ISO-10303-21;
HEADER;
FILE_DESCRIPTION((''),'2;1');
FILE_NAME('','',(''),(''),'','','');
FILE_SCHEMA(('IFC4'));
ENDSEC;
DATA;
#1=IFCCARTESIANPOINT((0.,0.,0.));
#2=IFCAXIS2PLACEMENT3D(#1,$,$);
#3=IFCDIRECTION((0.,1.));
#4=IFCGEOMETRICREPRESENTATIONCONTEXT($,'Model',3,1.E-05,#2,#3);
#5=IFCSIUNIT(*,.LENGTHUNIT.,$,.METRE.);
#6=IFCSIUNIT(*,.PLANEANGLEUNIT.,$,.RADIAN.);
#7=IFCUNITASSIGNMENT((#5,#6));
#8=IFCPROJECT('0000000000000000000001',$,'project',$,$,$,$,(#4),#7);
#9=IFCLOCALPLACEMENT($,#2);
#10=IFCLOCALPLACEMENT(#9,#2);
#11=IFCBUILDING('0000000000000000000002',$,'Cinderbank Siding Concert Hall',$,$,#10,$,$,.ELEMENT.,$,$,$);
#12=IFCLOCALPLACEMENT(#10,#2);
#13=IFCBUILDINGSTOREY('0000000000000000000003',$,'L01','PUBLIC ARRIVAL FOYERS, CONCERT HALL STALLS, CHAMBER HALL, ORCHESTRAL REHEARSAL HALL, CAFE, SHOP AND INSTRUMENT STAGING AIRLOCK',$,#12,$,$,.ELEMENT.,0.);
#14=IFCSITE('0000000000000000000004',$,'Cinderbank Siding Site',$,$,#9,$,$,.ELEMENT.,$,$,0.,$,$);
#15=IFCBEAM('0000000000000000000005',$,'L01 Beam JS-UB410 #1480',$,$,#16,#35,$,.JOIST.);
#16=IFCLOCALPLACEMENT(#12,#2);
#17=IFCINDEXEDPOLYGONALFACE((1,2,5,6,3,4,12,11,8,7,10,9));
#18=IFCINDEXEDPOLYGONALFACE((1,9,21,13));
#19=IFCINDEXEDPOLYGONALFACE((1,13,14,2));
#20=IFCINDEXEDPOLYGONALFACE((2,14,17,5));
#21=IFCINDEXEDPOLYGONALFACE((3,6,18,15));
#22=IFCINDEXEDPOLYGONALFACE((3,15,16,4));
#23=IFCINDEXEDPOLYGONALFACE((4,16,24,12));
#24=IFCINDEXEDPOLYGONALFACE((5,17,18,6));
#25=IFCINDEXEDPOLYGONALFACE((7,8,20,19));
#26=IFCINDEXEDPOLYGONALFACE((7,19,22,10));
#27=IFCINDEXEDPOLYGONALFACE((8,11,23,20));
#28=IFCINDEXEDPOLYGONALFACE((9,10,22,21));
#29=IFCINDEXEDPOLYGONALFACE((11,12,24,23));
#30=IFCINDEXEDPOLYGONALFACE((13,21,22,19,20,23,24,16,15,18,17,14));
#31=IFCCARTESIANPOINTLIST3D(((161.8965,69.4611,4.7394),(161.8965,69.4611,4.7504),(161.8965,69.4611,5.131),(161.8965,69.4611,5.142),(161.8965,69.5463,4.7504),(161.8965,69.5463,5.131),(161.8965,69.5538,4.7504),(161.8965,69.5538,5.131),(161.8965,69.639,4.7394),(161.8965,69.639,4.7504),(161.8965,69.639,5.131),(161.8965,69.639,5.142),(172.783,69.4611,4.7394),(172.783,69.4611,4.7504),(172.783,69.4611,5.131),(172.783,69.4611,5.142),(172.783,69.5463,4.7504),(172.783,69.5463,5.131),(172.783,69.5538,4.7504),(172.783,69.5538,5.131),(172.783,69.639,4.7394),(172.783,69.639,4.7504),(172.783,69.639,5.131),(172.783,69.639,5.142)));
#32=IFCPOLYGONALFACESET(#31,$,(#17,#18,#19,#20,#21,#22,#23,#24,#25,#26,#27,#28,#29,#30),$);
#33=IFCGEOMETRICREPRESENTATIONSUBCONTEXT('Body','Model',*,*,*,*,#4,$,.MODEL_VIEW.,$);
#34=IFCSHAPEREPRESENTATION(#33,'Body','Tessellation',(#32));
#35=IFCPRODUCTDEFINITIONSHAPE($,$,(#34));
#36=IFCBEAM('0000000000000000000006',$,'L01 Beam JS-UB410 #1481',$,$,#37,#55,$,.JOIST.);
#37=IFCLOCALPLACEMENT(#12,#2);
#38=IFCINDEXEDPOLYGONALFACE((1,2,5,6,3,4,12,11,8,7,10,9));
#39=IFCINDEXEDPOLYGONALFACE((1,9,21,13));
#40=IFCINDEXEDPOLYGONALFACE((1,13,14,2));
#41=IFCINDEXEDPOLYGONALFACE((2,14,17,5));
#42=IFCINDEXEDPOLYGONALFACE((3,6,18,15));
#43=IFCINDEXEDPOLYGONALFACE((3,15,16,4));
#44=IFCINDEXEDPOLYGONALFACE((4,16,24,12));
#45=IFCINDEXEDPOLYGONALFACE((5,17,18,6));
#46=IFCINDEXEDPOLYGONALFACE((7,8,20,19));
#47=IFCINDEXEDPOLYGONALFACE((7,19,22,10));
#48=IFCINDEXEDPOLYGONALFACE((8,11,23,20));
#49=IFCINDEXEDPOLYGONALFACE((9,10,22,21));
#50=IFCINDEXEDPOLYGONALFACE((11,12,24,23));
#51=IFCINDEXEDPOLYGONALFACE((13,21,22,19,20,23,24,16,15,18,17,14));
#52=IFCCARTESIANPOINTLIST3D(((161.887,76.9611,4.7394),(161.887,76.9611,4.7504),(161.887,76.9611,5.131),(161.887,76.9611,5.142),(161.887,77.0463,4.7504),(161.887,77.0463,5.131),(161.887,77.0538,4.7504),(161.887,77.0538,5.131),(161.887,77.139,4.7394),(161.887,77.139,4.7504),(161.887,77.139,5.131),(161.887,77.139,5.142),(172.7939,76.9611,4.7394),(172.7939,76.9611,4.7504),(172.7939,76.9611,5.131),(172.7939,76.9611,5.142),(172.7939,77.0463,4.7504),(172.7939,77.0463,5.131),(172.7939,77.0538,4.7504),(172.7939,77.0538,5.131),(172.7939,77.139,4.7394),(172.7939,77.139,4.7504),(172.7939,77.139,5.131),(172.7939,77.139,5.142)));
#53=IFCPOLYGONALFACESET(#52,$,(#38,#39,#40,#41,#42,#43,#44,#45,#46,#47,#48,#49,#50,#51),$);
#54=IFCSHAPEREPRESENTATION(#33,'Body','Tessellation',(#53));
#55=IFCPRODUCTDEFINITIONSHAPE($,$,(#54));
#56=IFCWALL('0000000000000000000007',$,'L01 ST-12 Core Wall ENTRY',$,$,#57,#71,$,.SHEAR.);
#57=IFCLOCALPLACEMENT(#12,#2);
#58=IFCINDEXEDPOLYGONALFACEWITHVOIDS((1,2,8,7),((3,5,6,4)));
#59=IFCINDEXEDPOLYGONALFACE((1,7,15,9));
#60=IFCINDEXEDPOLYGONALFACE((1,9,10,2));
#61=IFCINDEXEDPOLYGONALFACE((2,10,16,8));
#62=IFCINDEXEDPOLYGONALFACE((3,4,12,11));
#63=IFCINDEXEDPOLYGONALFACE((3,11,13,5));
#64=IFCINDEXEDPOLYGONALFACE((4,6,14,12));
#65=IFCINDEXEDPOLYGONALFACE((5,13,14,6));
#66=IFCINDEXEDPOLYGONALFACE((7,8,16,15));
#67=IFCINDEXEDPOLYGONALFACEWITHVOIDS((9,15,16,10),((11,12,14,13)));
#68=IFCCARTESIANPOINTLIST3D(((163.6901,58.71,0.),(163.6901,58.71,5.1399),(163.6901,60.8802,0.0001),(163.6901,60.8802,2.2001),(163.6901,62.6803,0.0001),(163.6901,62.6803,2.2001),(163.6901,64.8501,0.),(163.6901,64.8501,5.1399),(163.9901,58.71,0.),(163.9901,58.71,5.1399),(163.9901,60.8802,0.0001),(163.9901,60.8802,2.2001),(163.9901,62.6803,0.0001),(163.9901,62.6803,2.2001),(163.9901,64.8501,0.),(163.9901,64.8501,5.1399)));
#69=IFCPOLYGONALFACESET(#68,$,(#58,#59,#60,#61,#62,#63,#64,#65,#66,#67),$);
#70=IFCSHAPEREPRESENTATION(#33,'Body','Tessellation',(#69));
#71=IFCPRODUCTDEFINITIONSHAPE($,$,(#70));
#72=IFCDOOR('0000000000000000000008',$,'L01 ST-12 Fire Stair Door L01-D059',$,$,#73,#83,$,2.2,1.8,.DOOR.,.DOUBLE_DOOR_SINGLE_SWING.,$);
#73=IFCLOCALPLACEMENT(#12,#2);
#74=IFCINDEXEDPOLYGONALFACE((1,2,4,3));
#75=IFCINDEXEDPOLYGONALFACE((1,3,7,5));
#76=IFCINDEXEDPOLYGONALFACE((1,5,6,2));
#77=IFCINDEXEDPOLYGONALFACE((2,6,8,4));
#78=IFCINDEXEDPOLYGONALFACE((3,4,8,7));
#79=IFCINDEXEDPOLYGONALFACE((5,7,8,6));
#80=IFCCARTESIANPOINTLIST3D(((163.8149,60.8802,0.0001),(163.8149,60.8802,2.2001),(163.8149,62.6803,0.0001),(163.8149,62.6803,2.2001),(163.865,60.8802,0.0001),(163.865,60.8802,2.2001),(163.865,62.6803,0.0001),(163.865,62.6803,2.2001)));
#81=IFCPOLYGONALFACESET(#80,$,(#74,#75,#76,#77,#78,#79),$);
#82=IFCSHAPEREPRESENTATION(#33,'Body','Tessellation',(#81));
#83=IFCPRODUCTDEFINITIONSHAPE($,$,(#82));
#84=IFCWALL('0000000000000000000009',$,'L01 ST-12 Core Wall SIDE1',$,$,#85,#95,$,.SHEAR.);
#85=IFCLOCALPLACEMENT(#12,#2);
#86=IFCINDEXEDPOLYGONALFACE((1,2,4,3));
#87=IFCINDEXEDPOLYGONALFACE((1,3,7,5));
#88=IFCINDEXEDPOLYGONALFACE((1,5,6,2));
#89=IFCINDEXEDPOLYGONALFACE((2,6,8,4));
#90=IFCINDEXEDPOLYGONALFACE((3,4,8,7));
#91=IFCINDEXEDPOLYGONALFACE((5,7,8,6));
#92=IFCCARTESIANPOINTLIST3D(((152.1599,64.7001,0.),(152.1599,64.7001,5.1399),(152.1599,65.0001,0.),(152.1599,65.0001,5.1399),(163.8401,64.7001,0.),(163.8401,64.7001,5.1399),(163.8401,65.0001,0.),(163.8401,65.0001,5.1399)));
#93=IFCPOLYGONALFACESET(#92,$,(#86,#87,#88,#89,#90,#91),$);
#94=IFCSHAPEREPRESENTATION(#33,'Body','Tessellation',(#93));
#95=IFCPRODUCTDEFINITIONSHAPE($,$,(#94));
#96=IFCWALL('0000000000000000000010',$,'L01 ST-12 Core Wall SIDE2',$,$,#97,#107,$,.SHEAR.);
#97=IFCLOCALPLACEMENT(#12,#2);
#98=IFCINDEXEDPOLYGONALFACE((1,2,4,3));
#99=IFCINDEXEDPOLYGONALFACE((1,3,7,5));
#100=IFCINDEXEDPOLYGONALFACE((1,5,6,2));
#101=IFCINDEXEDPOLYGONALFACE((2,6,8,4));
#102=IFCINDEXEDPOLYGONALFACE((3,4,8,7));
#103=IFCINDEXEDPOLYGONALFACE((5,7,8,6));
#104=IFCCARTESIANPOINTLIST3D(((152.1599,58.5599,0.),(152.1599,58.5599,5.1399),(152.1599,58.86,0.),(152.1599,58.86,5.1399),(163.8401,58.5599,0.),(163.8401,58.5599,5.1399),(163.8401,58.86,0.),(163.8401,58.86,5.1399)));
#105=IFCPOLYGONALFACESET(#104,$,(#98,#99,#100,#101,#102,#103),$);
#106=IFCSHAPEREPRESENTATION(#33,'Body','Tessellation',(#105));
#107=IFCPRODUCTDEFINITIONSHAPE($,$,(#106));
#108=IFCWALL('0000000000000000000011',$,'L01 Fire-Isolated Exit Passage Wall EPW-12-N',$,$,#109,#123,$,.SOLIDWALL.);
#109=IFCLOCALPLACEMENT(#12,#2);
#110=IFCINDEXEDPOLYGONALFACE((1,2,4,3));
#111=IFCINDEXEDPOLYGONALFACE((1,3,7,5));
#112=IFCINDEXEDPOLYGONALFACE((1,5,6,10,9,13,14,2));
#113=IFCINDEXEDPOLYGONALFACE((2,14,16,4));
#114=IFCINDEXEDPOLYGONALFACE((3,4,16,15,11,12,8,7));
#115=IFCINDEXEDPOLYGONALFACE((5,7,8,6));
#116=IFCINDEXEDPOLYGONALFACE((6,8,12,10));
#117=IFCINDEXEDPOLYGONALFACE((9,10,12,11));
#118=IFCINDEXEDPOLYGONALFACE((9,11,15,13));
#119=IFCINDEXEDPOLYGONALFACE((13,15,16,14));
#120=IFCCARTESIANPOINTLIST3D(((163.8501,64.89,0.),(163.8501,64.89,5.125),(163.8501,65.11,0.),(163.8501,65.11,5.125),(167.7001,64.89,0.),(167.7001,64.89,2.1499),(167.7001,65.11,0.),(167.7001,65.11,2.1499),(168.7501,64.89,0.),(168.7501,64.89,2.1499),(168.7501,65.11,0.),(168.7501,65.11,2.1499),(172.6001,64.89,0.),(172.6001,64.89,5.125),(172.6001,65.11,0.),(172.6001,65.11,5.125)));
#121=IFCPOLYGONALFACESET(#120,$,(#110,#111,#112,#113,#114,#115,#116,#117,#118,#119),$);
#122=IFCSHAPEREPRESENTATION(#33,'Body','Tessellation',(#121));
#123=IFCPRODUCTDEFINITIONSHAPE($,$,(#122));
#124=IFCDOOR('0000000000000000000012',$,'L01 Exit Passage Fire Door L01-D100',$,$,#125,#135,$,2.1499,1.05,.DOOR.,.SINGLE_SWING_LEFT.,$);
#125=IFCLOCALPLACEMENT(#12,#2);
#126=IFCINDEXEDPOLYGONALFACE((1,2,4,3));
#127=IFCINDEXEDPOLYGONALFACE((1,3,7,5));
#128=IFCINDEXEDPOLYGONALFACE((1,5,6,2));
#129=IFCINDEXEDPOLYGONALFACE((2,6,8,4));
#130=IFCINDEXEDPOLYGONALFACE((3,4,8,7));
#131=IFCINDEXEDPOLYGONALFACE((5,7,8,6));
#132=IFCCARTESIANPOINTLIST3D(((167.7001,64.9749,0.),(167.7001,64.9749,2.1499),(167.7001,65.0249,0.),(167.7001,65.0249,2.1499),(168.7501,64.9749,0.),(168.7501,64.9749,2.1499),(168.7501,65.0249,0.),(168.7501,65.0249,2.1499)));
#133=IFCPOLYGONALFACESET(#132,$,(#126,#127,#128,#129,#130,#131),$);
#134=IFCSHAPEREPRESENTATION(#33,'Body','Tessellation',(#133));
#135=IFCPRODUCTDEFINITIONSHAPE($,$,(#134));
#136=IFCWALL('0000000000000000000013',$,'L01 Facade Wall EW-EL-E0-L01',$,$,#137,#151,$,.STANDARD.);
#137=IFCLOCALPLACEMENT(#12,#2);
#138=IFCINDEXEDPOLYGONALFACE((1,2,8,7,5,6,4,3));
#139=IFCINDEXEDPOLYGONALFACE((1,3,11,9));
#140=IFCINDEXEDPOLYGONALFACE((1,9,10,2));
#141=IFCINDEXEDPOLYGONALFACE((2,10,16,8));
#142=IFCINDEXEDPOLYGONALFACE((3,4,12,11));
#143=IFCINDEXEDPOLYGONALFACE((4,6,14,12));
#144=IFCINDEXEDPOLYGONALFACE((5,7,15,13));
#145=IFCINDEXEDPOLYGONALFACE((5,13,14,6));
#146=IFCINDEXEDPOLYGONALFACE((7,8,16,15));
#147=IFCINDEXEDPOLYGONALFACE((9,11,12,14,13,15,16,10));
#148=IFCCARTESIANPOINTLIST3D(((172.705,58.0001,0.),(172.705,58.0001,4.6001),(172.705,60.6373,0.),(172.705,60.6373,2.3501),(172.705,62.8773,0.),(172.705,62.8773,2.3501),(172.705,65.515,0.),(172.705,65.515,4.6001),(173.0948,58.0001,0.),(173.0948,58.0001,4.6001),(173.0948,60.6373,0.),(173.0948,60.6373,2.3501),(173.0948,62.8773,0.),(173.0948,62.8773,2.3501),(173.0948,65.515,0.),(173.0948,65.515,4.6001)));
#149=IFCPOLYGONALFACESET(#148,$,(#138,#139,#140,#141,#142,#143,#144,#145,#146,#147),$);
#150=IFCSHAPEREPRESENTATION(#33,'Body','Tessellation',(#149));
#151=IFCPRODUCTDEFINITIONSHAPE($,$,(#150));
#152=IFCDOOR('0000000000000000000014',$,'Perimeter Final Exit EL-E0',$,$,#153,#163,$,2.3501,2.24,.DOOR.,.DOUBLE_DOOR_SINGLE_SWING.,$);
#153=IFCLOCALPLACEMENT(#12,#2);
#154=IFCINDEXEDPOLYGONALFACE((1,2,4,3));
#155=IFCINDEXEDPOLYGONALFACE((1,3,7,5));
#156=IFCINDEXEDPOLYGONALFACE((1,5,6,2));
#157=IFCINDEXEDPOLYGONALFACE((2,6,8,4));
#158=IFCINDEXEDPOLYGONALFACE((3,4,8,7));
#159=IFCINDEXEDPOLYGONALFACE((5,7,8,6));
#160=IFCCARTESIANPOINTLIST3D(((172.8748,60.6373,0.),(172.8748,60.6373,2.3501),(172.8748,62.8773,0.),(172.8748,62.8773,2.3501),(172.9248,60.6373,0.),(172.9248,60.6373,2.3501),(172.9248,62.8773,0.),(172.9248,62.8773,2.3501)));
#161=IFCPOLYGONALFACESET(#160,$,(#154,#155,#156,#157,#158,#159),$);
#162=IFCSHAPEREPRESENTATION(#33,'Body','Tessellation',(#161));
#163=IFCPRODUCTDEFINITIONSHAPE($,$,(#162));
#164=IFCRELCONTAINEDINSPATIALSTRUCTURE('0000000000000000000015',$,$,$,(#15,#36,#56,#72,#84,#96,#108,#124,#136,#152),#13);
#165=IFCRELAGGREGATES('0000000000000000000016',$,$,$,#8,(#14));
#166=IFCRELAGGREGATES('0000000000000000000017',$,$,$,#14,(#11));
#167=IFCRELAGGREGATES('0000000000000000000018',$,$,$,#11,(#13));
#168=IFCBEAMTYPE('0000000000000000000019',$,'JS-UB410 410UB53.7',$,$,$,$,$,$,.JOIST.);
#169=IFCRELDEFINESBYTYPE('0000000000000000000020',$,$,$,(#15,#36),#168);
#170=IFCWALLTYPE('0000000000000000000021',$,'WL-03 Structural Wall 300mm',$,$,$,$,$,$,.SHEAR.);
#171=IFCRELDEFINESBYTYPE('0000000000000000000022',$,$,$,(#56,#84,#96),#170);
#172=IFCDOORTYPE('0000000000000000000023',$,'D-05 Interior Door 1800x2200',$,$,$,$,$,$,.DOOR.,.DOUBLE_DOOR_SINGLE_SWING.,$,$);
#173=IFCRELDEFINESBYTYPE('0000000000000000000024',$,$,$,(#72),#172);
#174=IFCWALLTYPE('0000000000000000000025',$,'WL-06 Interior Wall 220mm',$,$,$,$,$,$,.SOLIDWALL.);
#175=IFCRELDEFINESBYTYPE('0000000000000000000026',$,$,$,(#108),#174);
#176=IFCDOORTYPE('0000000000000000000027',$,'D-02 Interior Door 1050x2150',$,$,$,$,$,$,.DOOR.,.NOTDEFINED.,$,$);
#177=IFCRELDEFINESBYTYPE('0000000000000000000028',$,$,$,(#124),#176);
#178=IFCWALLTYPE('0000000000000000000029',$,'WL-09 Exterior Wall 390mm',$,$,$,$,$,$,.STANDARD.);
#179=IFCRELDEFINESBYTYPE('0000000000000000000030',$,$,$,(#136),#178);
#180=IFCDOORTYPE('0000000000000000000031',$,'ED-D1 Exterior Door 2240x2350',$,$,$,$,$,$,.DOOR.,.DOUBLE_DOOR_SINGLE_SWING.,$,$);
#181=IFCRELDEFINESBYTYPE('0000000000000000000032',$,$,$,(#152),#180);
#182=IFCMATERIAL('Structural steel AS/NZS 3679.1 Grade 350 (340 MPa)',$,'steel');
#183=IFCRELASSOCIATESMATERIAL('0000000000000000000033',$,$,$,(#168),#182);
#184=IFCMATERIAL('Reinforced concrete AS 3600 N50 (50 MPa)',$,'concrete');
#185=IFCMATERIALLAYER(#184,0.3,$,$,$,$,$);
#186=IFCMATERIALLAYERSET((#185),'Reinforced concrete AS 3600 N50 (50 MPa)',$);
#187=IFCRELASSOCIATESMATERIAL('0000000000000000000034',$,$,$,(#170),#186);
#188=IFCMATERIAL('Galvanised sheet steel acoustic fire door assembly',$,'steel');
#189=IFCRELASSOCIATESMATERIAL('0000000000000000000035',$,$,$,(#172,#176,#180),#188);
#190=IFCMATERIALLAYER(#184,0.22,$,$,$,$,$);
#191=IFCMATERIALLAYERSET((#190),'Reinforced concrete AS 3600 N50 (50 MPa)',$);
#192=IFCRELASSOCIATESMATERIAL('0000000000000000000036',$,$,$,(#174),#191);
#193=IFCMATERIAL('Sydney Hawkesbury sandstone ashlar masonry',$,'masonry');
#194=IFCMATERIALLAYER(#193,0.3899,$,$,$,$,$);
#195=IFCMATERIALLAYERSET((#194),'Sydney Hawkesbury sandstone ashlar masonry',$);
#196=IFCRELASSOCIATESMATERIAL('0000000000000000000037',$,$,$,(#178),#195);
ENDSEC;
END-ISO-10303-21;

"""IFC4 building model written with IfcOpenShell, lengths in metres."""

from ifc_helpers import new_model, si_unit, direction, frame, frame_2d, origin, origin_2d, place, context, subcontext, project, spatial, rectangle, i_section, extrude, material, layer, layer_set, material_profile, profile_set, type_object, element, fill, save


model = new_model("IFC4")

# Units and contexts
model_context = context("Model", 3, precision=1e-05, world=origin(), true_north=direction((0.0, 1.0)))
body_context = subcontext(model_context, "Body", "Model", "MODEL_VIEW")
ifc_project = project(units=[si_unit("LENGTHUNIT", "METRE"), si_unit("PLANEANGLEUNIT", "RADIAN")], contexts=[model_context])

# Site, building, storey
site_placement = place(None, origin())
site = spatial("IfcSite", under=ifc_project, at=site_placement, Name="Cinderbank Siding Site", CompositionType="ELEMENT", RefElevation=0.0)
building_placement = place(site_placement, origin())
building = spatial("IfcBuilding", under=site, at=building_placement, Name="Cinderbank Siding Concert Hall", CompositionType="ELEMENT")
storey_placement = place(building_placement, origin())
storey = spatial("IfcBuildingStorey", under=building, at=storey_placement, Name="L01", Description="PUBLIC ARRIVAL FOYERS, CONCERT HALL STALLS, CHAMBER HALL, ORCHESTRAL REHEARSAL HALL, CAFE, SHOP AND INSTRUMENT STAGING AIRLOCK", CompositionType="ELEMENT", Elevation=0.0)

# Shared definitions
ifc_material_1 = material(Name="Reinforced concrete AS 3600 N50 (50 MPa)", Category="concrete")

# Beams
ifc_material_2 = material(Name="Structural steel AS/NZS 3679.1 Grade 350 (340 MPa)", Category="steel")
ifc_material_profile_1 = material_profile(ifc_material_2, i_section(OverallWidth=0.178, OverallDepth=0.4026, WebThickness=0.0076, FlangeThickness=0.011, at=origin_2d()), Name="410UB53.7", Category="LoadBearing")
ifc_profile_set_1 = profile_set([ifc_material_profile_1], Name="Structural steel AS/NZS 3679.1 Grade 350 (340 MPa)")
beam_type_1 = type_object("IfcBeamType", Name="JS-UB410 410UB53.7", PredefinedType="JOIST", material=ifc_profile_set_1)
beam_1_placement = place(storey_placement, frame((161.8965, 69.55, 4.9407), z_axis=(1.0, 0.0, 0.0), x_axis=(0.0, 1.0, 0.0)))
element("IfcBeam", 1, at=beam_1_placement, inside=storey, type_object=beam_type_1, Name="L01 Beam JS-UB410 #1480", PredefinedType="JOIST", context=body_context, shape_type="SweptSolid", body=[
    extrude(i_section(OverallWidth=0.178, OverallDepth=0.4026, WebThickness=0.0076, FlangeThickness=0.011, at=origin_2d()), origin(), (0.0, 0.0, 1.0), 10.8865),
])
beam_2_placement = place(storey_placement, frame((161.887, 77.05, 4.9407), z_axis=(1.0, 0.0, 0.0), x_axis=(0.0, 1.0, 0.0)))
element("IfcBeam", 2, at=beam_2_placement, inside=storey, type_object=beam_type_1, Name="L01 Beam JS-UB410 #1481", PredefinedType="JOIST", context=body_context, shape_type="SweptSolid", body=[
    extrude(i_section(OverallWidth=0.178, OverallDepth=0.4026, WebThickness=0.0076, FlangeThickness=0.011, at=origin_2d()), origin(), (0.0, 0.0, 1.0), 10.907),
])

# Wall, opening, door
ifc_layer_1 = layer(ifc_material_1, 0.3)
ifc_layer_set_1 = layer_set([ifc_layer_1], Name="Reinforced concrete AS 3600 N50 (50 MPa)")
wall_type_1 = type_object("IfcWallType", Name="WL-03 Structural Wall 300mm", PredefinedType="SHEAR", material=ifc_layer_set_1)
wall_1_placement = place(storey_placement, frame((163.8401, 64.8501, 0.0), z_axis=(0.0, 0.0, 1.0), x_axis=(0.0, -1.0, 0.0)))
wall_1 = element("IfcWall", 3, at=wall_1_placement, inside=storey, type_object=wall_type_1, Name="L01 ST-12 Core Wall ENTRY", PredefinedType="SHEAR", context=body_context, shape_type="SweptSolid", body=[
    extrude(rectangle(XDim=6.1401, YDim=0.3, at=frame_2d((3.0701, 0.0))), origin(), (0.0, 0.0, 1.0), 5.1399),
])
opening_1_placement = place(wall_1_placement, frame((2.1699, 0.0, 0.0)))
opening_1 = element("IfcOpeningElement", 4, at=opening_1_placement, cuts=wall_1, PredefinedType="OPENING", context=body_context, shape_type="SweptSolid", body=[
    extrude(rectangle(XDim=1.8, YDim=2.2, at=frame_2d((0.8999, 1.1001))), frame((0.0, 0.1621, 0.0), z_axis=(0.0, -1.0, 0.0), x_axis=(1.0, 0.0, 0.0)), (0.0, 0.0, 1.0), 0.324),
])
ifc_material_3 = material(Name="Galvanised sheet steel acoustic fire door assembly", Category="steel")
door_type_1 = type_object("IfcDoorType", Name="D-05 Interior Door 1800x2200", OperationType="DOUBLE_DOOR_SINGLE_SWING", PredefinedType="DOOR", material=ifc_material_3)
door_1_placement = place(opening_1_placement, origin())
door_1 = element("IfcDoor", 5, at=door_1_placement, inside=storey, type_object=door_type_1, Name="L01 ST-12 Fire Stair Door L01-D059", OperationType="DOUBLE_DOOR_SINGLE_SWING", OverallHeight=2.2, OverallWidth=1.8, PredefinedType="DOOR", context=body_context, shape_type="SweptSolid", body=[
    extrude(rectangle(XDim=1.8, YDim=2.2, at=frame_2d((0.8999, 1.1001))), frame((0.0, 0.0249, 0.0), z_axis=(0.0, -1.0, 0.0), x_axis=(1.0, 0.0, 0.0)), (0.0, 0.0, 1.0), 0.05),
])
fill(opening_1, door_1)

# Walls
for number, where, z_axis, x_axis, name in (
    (6, (152.1599, 64.8501, 0.0), (0.0, 0.0, 1.0), (1.0, 0.0, 0.0), "L01 ST-12 Core Wall SIDE1"),
    (7, (163.8401, 58.71, 0.0), (0.0, 0.0, 1.0), (-1.0, 0.0, 0.0), "L01 ST-12 Core Wall SIDE2"),
):
    element("IfcWall", number, at=place(storey_placement, frame(where, z_axis=z_axis, x_axis=x_axis)), inside=storey, type_object=wall_type_1, Name=name, PredefinedType="SHEAR", context=body_context, shape_type="SweptSolid", body=[
        extrude(rectangle(XDim=11.6802, YDim=0.3, at=frame_2d((5.8401, 0.0))), origin(), (0.0, 0.0, 1.0), 5.1399),
    ])

# Walls, openings, doors
ifc_layer_2 = layer(ifc_material_1, 0.22)
ifc_layer_set_2 = layer_set([ifc_layer_2], Name="Reinforced concrete AS 3600 N50 (50 MPa)")
wall_type_2 = type_object("IfcWallType", Name="WL-06 Interior Wall 220mm", PredefinedType="SOLIDWALL", material=ifc_layer_set_2)
wall_2_placement = place(storey_placement, frame((163.8501, 65.0, 0.0), z_axis=(0.0, 0.0, 1.0), x_axis=(1.0, 0.0, 0.0)))
wall_2 = element("IfcWall", 8, at=wall_2_placement, inside=storey, type_object=wall_type_2, Name="L01 Fire-Isolated Exit Passage Wall EPW-12-N", PredefinedType="SOLIDWALL", context=body_context, shape_type="SweptSolid", body=[
    extrude(rectangle(XDim=8.75, YDim=0.22, at=frame_2d((4.375, 0.0))), origin(), (0.0, 0.0, 1.0), 5.125),
])
opening_2_placement = place(wall_2_placement, frame((3.8501, 0.0, 0.0)))
opening_2 = element("IfcOpeningElement", 9, at=opening_2_placement, cuts=wall_2, PredefinedType="OPENING", context=body_context, shape_type="SweptSolid", body=[
    extrude(rectangle(XDim=1.05, YDim=2.1499, at=frame_2d((0.5249, 1.075))), frame((0.0, 0.1221, 0.0), z_axis=(0.0, -1.0, 0.0), x_axis=(1.0, 0.0, 0.0)), (0.0, 0.0, 1.0), 0.2439),
])
door_type_2 = type_object("IfcDoorType", Name="D-02 Interior Door 1050x2150", OperationType="NOTDEFINED", PredefinedType="DOOR", material=ifc_material_3)
door_2_placement = place(opening_2_placement, origin())
door_2 = element("IfcDoor", 10, at=door_2_placement, inside=storey, type_object=door_type_2, Name="L01 Exit Passage Fire Door L01-D100", OperationType="SINGLE_SWING_LEFT", OverallHeight=2.1499, OverallWidth=1.05, PredefinedType="DOOR", context=body_context, shape_type="SweptSolid", body=[
    extrude(rectangle(XDim=1.05, YDim=2.1499, at=frame_2d((0.5249, 1.075))), frame((0.0, 0.0249, 0.0), z_axis=(0.0, -1.0, 0.0), x_axis=(1.0, 0.0, 0.0)), (0.0, 0.0, 1.0), 0.05),
])
fill(opening_2, door_2)
ifc_material_4 = material(Name="Sydney Hawkesbury sandstone ashlar masonry", Category="masonry")
ifc_layer_3 = layer(ifc_material_4, 0.3899)
ifc_layer_set_3 = layer_set([ifc_layer_3], Name="Sydney Hawkesbury sandstone ashlar masonry")
wall_type_3 = type_object("IfcWallType", Name="WL-09 Exterior Wall 390mm", PredefinedType="STANDARD", material=ifc_layer_set_3)
wall_3_placement = place(storey_placement, frame((172.8999, 65.5149, 0.0), z_axis=(0.0, 0.0, 1.0), x_axis=(0.0, -1.0, 0.0)))
wall_3 = element("IfcWall", 11, at=wall_3_placement, inside=storey, type_object=wall_type_3, Name="L01 Facade Wall EW-EL-E0-L01", PredefinedType="STANDARD", context=body_context, shape_type="SweptSolid", body=[
    extrude(rectangle(XDim=7.5149, YDim=0.3899, at=frame_2d((3.7573, 0.0))), origin(), (0.0, 0.0, 1.0), 4.6001),
])
opening_3_placement = place(wall_3_placement, frame((2.6375, 0.0, 0.0)))
opening_3 = element("IfcOpeningElement", 12, at=opening_3_placement, cuts=wall_3, PredefinedType="OPENING", context=body_context, shape_type="SweptSolid", body=[
    extrude(rectangle(XDim=2.24, YDim=2.3501, at=frame_2d((1.1201, 1.175))), frame((0.0, 0.207, 0.0), z_axis=(0.0, -1.0, 0.0), x_axis=(1.0, 0.0, 0.0)), (0.0, 0.0, 1.0), 0.4138),
])
door_type_3 = type_object("IfcDoorType", Name="ED-D1 Exterior Door 2240x2350", OperationType="DOUBLE_DOOR_SINGLE_SWING", PredefinedType="DOOR", material=ifc_material_3)
door_3_placement = place(opening_3_placement, origin())
door_3 = element("IfcDoor", 13, at=door_3_placement, inside=storey, type_object=door_type_3, Name="Perimeter Final Exit EL-E0", OperationType="DOUBLE_DOOR_SINGLE_SWING", OverallHeight=2.3501, OverallWidth=2.24, PredefinedType="DOOR", context=body_context, shape_type="SweptSolid", body=[
    extrude(rectangle(XDim=2.24, YDim=2.3501, at=frame_2d((1.1201, 1.175))), frame((0.0, 0.0249, 0.0), z_axis=(0.0, -1.0, 0.0), x_axis=(1.0, 0.0, 0.0)), (0.0, 0.0, 1.0), 0.05),
])
fill(opening_3, door_3)

save(model, "model.ifc")
